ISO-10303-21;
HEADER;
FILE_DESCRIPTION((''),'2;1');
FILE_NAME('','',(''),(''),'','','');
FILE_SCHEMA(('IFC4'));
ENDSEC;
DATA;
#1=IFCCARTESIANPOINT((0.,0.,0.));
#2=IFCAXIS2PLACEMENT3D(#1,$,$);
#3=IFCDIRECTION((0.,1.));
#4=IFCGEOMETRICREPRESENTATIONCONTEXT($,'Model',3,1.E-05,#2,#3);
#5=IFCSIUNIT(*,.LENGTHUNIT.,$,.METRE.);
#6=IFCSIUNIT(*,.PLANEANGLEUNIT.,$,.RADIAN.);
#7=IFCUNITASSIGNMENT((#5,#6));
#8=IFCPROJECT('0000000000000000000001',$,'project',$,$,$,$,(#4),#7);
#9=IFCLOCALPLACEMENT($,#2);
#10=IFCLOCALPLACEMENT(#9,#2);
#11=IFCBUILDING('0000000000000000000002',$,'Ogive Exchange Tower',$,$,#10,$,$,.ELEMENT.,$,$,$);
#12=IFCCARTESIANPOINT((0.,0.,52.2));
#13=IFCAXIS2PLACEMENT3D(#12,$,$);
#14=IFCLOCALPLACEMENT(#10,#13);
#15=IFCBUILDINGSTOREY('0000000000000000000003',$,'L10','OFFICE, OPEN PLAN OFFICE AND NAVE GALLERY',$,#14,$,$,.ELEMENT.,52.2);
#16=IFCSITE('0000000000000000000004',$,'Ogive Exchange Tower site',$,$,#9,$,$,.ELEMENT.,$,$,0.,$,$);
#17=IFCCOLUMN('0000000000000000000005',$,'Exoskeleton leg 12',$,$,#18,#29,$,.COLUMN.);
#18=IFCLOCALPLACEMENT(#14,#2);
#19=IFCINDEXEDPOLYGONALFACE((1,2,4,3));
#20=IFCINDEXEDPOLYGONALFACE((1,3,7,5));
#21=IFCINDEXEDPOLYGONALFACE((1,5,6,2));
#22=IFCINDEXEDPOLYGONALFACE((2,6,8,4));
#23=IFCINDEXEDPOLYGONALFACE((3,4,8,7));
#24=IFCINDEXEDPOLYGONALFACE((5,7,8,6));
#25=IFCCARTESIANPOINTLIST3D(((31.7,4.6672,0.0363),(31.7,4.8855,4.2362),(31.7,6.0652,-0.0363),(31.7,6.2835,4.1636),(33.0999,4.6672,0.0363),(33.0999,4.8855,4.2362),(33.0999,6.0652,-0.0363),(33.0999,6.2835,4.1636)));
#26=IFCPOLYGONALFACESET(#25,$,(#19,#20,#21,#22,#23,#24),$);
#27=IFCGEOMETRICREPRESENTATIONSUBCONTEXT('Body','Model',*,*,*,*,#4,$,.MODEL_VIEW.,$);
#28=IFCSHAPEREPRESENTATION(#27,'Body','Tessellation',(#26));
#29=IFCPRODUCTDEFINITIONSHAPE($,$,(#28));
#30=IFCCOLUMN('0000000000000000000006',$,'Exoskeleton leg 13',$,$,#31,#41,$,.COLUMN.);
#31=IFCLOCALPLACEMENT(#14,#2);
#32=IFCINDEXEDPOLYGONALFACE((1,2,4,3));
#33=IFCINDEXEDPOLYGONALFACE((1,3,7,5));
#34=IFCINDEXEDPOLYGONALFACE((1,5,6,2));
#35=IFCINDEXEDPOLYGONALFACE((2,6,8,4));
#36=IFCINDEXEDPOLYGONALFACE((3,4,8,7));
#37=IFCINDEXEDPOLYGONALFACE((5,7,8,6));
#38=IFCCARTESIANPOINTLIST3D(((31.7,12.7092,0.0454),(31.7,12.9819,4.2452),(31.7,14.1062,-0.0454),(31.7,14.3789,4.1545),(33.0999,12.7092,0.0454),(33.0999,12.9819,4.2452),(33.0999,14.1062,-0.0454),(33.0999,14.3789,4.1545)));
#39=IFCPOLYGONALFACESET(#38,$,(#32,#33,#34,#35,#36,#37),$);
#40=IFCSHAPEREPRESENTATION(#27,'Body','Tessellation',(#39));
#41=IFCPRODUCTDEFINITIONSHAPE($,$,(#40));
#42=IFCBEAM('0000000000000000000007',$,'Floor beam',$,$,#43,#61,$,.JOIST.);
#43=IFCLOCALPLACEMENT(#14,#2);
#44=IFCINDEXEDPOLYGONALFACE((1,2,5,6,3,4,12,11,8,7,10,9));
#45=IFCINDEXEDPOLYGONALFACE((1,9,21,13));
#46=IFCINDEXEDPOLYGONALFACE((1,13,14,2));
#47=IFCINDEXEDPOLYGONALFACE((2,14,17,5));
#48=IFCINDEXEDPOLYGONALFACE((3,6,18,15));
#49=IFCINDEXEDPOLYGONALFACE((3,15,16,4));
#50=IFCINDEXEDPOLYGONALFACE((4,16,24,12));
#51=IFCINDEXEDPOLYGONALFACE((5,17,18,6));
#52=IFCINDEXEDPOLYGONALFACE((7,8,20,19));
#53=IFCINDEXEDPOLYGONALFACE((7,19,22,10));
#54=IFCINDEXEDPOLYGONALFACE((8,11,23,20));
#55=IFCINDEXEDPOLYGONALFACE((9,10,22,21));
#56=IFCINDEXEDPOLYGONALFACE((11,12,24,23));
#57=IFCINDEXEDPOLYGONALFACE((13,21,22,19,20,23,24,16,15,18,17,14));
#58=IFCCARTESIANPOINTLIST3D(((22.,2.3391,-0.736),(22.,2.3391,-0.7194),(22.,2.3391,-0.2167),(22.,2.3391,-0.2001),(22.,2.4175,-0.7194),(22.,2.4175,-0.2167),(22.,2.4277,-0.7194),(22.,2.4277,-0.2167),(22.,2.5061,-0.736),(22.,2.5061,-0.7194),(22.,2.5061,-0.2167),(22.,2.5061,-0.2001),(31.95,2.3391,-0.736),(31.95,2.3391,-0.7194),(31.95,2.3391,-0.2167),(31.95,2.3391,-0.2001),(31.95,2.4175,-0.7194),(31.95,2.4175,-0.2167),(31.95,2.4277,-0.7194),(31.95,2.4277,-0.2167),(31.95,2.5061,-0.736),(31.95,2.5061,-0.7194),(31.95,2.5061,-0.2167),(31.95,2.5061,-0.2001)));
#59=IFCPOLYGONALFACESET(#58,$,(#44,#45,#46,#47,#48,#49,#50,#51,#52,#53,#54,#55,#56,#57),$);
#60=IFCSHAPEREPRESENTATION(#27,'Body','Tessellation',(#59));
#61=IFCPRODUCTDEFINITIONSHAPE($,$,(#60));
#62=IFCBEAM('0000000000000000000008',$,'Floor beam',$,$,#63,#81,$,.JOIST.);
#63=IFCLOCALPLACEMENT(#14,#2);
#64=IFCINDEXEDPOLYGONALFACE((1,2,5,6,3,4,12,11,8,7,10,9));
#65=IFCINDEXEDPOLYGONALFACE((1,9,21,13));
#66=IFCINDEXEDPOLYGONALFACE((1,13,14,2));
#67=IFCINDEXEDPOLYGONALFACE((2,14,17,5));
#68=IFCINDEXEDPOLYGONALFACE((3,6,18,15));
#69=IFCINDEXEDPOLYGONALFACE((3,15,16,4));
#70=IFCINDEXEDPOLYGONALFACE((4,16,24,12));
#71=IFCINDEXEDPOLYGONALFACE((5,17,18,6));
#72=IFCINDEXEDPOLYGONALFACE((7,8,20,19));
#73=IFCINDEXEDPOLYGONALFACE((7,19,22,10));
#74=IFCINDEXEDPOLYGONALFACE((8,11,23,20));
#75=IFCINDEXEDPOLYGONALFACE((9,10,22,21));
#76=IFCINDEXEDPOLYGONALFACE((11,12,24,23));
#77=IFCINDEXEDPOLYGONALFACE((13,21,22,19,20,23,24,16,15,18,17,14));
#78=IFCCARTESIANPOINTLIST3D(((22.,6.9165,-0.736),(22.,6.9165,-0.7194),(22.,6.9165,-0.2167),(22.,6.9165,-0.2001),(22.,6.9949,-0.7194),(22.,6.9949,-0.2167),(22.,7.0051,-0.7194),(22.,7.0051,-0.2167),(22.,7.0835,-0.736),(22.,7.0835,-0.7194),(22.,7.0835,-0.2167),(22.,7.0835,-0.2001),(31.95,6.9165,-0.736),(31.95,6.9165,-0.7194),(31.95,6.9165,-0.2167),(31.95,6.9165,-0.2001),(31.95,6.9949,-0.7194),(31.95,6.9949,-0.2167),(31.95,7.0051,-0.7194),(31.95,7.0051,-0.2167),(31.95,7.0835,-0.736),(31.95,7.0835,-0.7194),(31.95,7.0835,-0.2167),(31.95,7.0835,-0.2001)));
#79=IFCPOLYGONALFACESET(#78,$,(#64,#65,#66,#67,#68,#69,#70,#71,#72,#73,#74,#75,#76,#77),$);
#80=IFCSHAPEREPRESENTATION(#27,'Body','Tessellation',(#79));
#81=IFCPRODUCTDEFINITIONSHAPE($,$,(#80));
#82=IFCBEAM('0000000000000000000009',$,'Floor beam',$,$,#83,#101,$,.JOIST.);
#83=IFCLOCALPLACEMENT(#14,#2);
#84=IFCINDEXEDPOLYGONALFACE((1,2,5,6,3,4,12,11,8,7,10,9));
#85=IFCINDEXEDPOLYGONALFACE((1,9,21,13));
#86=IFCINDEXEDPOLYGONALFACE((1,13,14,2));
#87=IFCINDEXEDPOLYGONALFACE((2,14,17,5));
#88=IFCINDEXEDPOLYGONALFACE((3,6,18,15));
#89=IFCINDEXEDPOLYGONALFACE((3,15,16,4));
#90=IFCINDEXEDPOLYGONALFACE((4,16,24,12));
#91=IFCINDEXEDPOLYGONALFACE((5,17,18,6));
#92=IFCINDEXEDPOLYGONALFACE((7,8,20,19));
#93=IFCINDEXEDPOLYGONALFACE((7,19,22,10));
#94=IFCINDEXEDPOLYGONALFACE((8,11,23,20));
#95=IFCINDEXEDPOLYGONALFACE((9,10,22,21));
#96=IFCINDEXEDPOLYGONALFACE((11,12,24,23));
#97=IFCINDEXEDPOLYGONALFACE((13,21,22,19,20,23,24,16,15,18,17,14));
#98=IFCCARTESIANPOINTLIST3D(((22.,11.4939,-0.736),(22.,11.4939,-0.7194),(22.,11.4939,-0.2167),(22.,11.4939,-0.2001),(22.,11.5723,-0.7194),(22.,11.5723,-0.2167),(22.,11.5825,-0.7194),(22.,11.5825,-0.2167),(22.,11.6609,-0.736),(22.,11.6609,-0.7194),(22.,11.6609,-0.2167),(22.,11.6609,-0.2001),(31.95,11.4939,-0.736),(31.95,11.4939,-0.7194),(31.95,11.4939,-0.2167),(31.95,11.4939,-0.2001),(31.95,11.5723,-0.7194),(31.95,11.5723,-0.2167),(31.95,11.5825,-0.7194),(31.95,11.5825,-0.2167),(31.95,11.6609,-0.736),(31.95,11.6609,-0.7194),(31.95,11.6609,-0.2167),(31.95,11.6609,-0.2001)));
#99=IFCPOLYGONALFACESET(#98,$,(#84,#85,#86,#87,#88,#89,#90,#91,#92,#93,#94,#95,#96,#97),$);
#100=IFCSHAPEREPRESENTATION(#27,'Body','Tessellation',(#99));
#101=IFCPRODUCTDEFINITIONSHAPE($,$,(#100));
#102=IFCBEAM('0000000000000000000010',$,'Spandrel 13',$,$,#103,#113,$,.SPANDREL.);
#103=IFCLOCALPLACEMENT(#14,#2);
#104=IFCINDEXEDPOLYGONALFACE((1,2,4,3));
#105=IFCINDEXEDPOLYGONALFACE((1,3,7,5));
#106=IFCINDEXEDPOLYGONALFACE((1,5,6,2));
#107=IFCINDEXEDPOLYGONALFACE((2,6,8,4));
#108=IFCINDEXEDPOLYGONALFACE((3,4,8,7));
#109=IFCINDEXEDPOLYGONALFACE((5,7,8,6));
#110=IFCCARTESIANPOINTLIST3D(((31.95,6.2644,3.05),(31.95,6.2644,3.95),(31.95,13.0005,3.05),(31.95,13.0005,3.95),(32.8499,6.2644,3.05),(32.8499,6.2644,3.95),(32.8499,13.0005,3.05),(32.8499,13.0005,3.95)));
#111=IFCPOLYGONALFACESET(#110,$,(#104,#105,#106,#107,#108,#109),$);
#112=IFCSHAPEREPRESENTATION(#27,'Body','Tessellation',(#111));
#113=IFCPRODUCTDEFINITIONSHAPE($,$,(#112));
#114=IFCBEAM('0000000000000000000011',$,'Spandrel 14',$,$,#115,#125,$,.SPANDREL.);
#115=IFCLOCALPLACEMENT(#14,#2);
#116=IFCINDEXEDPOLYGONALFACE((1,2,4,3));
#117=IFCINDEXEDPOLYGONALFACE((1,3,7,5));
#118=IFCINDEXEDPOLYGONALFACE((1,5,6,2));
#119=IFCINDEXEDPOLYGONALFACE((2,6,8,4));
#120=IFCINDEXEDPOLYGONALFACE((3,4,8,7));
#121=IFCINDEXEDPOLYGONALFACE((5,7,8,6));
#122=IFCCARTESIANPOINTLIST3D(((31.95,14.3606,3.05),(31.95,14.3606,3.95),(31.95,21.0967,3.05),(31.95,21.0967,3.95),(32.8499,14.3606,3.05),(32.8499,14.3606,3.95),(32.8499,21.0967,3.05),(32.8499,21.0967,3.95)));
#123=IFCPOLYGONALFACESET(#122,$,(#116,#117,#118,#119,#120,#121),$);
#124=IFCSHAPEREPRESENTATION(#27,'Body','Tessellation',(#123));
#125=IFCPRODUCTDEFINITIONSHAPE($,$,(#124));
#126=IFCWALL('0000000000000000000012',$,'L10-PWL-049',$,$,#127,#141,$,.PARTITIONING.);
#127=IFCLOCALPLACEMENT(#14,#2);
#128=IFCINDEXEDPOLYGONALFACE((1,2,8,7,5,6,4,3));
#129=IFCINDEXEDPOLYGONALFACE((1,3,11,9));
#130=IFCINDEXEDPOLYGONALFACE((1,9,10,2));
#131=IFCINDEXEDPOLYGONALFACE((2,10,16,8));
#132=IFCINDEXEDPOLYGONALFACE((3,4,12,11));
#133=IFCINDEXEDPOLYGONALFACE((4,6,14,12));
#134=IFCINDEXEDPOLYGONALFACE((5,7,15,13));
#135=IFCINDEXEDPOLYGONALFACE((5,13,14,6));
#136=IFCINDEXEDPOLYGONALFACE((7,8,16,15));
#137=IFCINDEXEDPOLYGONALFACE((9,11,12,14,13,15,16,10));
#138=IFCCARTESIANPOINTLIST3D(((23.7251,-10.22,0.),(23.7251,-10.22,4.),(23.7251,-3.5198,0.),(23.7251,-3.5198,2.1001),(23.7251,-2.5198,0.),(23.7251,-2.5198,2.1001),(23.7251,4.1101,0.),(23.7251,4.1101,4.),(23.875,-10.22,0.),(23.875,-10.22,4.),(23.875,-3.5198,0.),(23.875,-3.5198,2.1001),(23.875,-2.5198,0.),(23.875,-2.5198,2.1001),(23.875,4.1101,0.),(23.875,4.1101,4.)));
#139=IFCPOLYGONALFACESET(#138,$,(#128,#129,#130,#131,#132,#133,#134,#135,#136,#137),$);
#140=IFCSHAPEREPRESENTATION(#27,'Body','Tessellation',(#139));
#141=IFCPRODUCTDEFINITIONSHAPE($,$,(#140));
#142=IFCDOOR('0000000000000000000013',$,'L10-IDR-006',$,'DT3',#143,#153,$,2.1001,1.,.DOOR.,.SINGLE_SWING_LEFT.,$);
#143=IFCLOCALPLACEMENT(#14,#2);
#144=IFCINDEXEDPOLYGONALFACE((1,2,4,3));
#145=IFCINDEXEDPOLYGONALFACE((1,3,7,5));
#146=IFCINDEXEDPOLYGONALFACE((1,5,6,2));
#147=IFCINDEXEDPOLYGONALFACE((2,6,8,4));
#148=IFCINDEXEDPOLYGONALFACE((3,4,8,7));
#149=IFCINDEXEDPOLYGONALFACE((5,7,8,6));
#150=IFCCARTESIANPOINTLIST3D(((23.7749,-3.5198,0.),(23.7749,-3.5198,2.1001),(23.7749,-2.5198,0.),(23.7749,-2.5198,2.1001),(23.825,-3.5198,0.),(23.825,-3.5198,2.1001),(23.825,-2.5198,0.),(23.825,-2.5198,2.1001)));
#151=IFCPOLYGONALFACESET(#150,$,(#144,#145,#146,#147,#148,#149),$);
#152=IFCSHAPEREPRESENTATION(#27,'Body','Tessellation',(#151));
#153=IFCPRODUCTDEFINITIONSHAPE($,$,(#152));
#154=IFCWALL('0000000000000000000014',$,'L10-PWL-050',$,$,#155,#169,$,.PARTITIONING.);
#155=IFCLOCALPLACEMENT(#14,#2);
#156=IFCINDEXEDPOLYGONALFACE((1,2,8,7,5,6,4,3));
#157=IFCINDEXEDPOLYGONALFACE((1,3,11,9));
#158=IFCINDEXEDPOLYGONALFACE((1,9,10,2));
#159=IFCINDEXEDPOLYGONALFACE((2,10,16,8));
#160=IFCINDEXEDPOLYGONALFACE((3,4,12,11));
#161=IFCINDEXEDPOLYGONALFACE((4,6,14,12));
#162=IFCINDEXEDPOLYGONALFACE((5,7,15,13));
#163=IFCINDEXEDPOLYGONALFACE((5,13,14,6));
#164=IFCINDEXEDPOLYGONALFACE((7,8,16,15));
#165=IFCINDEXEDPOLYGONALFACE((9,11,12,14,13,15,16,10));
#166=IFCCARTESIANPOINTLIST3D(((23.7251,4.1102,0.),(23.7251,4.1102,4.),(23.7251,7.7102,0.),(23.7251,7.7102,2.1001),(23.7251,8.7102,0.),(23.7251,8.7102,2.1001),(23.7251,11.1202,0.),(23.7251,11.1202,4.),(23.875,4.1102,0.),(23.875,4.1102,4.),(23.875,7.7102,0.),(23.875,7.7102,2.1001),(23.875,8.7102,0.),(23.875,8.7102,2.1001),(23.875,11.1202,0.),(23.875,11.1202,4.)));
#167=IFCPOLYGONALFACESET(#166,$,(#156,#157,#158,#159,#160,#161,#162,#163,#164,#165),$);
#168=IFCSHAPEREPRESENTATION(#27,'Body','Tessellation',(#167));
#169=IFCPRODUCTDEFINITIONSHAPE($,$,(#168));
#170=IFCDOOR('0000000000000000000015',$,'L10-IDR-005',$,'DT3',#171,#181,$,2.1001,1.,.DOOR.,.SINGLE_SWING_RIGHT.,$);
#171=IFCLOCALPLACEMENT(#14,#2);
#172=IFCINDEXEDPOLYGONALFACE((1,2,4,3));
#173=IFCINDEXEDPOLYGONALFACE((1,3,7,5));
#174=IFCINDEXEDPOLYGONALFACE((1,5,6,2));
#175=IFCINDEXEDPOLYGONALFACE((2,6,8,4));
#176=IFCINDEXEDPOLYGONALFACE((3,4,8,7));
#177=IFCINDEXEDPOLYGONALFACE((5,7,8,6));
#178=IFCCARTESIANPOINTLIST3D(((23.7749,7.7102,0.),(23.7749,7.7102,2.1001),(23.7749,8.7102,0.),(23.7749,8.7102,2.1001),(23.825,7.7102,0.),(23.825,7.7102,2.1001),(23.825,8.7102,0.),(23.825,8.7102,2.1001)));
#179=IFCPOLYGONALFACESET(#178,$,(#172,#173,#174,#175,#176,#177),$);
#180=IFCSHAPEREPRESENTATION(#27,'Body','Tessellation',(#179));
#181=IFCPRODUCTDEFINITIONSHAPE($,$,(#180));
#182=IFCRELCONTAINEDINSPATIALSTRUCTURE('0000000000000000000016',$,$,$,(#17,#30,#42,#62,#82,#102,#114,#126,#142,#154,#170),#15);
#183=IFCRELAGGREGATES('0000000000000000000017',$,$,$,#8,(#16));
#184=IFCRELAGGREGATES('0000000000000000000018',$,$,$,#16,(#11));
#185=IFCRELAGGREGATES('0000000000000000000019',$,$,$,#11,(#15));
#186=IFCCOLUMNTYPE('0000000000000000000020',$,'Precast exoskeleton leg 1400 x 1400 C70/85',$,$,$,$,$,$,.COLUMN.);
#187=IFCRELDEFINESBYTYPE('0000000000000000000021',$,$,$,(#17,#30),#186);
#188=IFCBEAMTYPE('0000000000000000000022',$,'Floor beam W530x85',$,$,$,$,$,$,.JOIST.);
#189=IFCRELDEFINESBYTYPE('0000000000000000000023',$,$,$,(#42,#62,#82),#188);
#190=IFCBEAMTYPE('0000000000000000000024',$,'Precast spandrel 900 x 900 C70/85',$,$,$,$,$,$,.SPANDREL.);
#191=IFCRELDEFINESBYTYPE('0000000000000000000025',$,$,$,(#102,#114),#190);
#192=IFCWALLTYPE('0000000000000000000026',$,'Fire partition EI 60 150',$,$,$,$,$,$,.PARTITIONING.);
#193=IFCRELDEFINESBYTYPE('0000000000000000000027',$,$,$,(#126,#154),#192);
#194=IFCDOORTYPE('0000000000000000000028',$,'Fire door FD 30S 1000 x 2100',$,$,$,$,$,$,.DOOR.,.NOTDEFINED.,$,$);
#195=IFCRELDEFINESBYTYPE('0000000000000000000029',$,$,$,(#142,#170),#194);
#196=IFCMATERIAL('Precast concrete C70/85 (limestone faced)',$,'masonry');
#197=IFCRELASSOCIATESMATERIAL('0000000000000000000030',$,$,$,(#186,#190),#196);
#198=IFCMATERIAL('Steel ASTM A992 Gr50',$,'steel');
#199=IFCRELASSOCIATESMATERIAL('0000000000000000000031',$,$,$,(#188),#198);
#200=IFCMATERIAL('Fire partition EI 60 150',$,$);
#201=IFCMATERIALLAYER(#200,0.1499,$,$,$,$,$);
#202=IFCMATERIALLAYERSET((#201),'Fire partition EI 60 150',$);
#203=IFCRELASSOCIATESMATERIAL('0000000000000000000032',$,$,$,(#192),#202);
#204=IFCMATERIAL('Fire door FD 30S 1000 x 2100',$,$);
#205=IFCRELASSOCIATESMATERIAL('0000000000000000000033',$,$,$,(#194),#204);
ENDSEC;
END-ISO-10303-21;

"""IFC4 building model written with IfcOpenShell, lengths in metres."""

from ifc_helpers import new_model, si_unit, direction, frame, frame_2d, origin, origin_2d, place, context, subcontext, project, spatial, rectangle, i_section, extrude, material, layer, layer_set, material_profile, profile_set, type_object, element, fill, save


model = new_model("IFC4")

# Units and contexts
model_context = context("Model", 3, precision=1e-05, world=origin(), true_north=direction((0.0, 1.0)))
body_context = subcontext(model_context, "Body", "Model", "MODEL_VIEW")
ifc_project = project(units=[si_unit("LENGTHUNIT", "METRE"), si_unit("PLANEANGLEUNIT", "RADIAN")], contexts=[model_context])

# Site, building, storey
site_placement = place(None, origin())
site = spatial("IfcSite", under=ifc_project, at=site_placement, Name="Ogive Exchange Tower site", CompositionType="ELEMENT", RefElevation=0.0)
building_placement = place(site_placement, origin())
building = spatial("IfcBuilding", under=site, at=building_placement, Name="Ogive Exchange Tower", CompositionType="ELEMENT")
storey_placement = place(building_placement, frame((0.0, 0.0, 52.2)))
storey = spatial("IfcBuildingStorey", under=building, at=storey_placement, Name="L10", Description="OFFICE, OPEN PLAN OFFICE AND NAVE GALLERY", CompositionType="ELEMENT", Elevation=52.2)

# Columns
ifc_material_1 = material(Name="Precast concrete C70/85 (limestone faced)", Category="masonry")
ifc_material_profile_1 = material_profile(ifc_material_1, rectangle(XDim=1.3999, YDim=1.3999, at=origin_2d()), Name="1400 x 1400")
ifc_profile_set_1 = profile_set([ifc_material_profile_1], Name="Precast concrete C70/85 (limestone faced)")
column_type = type_object("IfcColumnType", Name="Precast exoskeleton leg 1400 x 1400 C70/85", PredefinedType="COLUMN", material=ifc_profile_set_1)
column_1_placement = place(storey_placement, frame((32.3999, 5.3662, 0.0), z_axis=(0.0, 0.051898, 0.998652), x_axis=(-1.0, 0.0, 0.0)))
element("IfcColumn", 1, at=column_1_placement, inside=storey, type_object=column_type, Name="Exoskeleton leg 12", PredefinedType="COLUMN", context=body_context, shape_type="SweptSolid", body=[
    extrude(rectangle(XDim=1.3999, YDim=1.3999, at=origin_2d()), origin(), (0.0, 0.0, 1.0), 4.2056),
])
column_2_placement = place(storey_placement, frame((32.3999, 13.4077, 0.0), z_axis=(0.0, 0.064794, 0.997899), x_axis=(-1.0, 0.0, 0.0)))
element("IfcColumn", 2, at=column_2_placement, inside=storey, type_object=column_type, Name="Exoskeleton leg 13", PredefinedType="COLUMN", context=body_context, shape_type="SweptSolid", body=[
    extrude(rectangle(XDim=1.3999, YDim=1.3999, at=origin_2d()), origin(), (0.0, 0.0, 1.0), 4.2087),
])

# Beams
ifc_material_2 = material(Name="Steel ASTM A992 Gr50", Category="steel")
ifc_material_profile_2 = material_profile(ifc_material_2, i_section(OverallWidth=0.167, OverallDepth=0.5359, WebThickness=0.0103, FlangeThickness=0.0166, at=origin_2d()), Name="W530x85")
ifc_profile_set_2 = profile_set([ifc_material_profile_2], Name="Steel ASTM A992 Gr50")
beam_type_1 = type_object("IfcBeamType", Name="Floor beam W530x85", PredefinedType="JOIST", material=ifc_profile_set_2)
for number, where, z_axis, x_axis, name in (
    (3, (22.0, 2.4226, -0.468), (1.0, 0.0, 0.0), (0.0, 1.0, 0.0), "Floor beam"),
    (4, (22.0, 7.0, -0.468), (1.0, 0.0, 0.0), (0.0, 1.0, 0.0), "Floor beam"),
    (5, (22.0, 11.5774, -0.468), (1.0, 0.0, 0.0), (0.0, 1.0, 0.0), "Floor beam"),
):
    element("IfcBeam", number, at=place(storey_placement, frame(where, z_axis=z_axis, x_axis=x_axis)), inside=storey, type_object=beam_type_1, Name=name, PredefinedType="JOIST", context=body_context, shape_type="SweptSolid", body=[
        extrude(i_section(OverallWidth=0.167, OverallDepth=0.5359, WebThickness=0.0103, FlangeThickness=0.0166, at=origin_2d()), origin(), (0.0, 0.0, 1.0), 9.95),
    ])
ifc_material_profile_3 = material_profile(ifc_material_1, rectangle(XDim=0.8999, YDim=0.8999, at=origin_2d()), Name="900 x 900")
ifc_profile_set_3 = profile_set([ifc_material_profile_3], Name="Precast concrete C70/85 (limestone faced)")
beam_type_2 = type_object("IfcBeamType", Name="Precast spandrel 900 x 900 C70/85", PredefinedType="SPANDREL", material=ifc_profile_set_3)
for number, where, z_axis, x_axis, name in (
    (6, (32.3999, 6.2644, 3.5), (0.0, 1.0, 0.0), (-1.0, 0.0, 0.0), "Spandrel 13"),
    (7, (32.3999, 14.3606, 3.5), (0.0, 1.0, 0.0), (-1.0, 0.0, 0.0), "Spandrel 14"),
):
    element("IfcBeam", number, at=place(storey_placement, frame(where, z_axis=z_axis, x_axis=x_axis)), inside=storey, type_object=beam_type_2, Name=name, PredefinedType="SPANDREL", context=body_context, shape_type="SweptSolid", body=[
        extrude(rectangle(XDim=0.8999, YDim=0.8999, at=origin_2d()), origin(), (0.0, 0.0, 1.0), 6.7361),
    ])

# Walls, openings, doors
ifc_material_3 = material(Name="Fire partition EI 60 150")
ifc_layer_1 = layer(ifc_material_3, 0.1499)
ifc_layer_set_1 = layer_set([ifc_layer_1], Name="Fire partition EI 60 150")
wall_type_1 = type_object("IfcWallType", Name="Fire partition EI 60 150", PredefinedType="PARTITIONING", material=ifc_layer_set_1)
wall_1_placement = place(storey_placement, frame((23.8, 4.1101, 0.0), z_axis=(0.0, 0.0, 1.0), x_axis=(0.0, -1.0, 0.0)))
wall_1 = element("IfcWall", 8, at=wall_1_placement, inside=storey, type_object=wall_type_1, Name="L10-PWL-049", PredefinedType="PARTITIONING", context=body_context, shape_type="SweptSolid", body=[
    extrude(rectangle(XDim=14.3301, YDim=0.1499, at=frame_2d((7.165, 0.0))), origin(), (0.0, 0.0, 1.0), 4.0),
])
opening_1_placement = place(wall_1_placement, frame((6.6299, 0.0, 0.0)))
opening_1 = element("IfcOpeningElement", 9, at=opening_1_placement, cuts=wall_1, PredefinedType="OPENING", context=body_context, shape_type="SweptSolid", body=[
    extrude(rectangle(XDim=1.0, YDim=2.1001, at=frame_2d((0.5, 1.05))), frame((0.0, 0.085, 0.0), z_axis=(0.0, -1.0, 0.0), x_axis=(1.0, 0.0, 0.0)), (0.0, 0.0, 1.0), 0.1699),
])
ifc_material_4 = material(Name="Fire door FD 30S 1000 x 2100")
door_type_1 = type_object("IfcDoorType", Name="Fire door FD 30S 1000 x 2100", OperationType="NOTDEFINED", PredefinedType="DOOR", material=ifc_material_4)
door_1_placement = place(opening_1_placement, origin())
door_1 = element("IfcDoor", 10, at=door_1_placement, inside=storey, type_object=door_type_1, Name="L10-IDR-006", ObjectType="DT3", OperationType="SINGLE_SWING_LEFT", OverallHeight=2.1001, OverallWidth=1.0, PredefinedType="DOOR", context=body_context, shape_type="SweptSolid", body=[
    extrude(rectangle(XDim=1.0, YDim=2.1001, at=frame_2d((0.5, 1.05))), frame((0.0, 0.0249, 0.0), z_axis=(0.0, -1.0, 0.0), x_axis=(1.0, 0.0, 0.0)), (0.0, 0.0, 1.0), 0.05),
])
fill(opening_1, door_1)
wall_2_placement = place(storey_placement, frame((23.8, 11.1201, 0.0), z_axis=(0.0, 0.0, 1.0), x_axis=(0.0, -1.0, 0.0)))
wall_2 = element("IfcWall", 11, at=wall_2_placement, inside=storey, type_object=wall_type_1, Name="L10-PWL-050", PredefinedType="PARTITIONING", context=body_context, shape_type="SweptSolid", body=[
    extrude(rectangle(XDim=7.01, YDim=0.1499, at=frame_2d((3.5049, 0.0))), origin(), (0.0, 0.0, 1.0), 4.0),
])
opening_2_placement = place(wall_2_placement, frame((2.4099, 0.0, 0.0)))
opening_2 = element("IfcOpeningElement", 12, at=opening_2_placement, cuts=wall_2, PredefinedType="OPENING", context=body_context, shape_type="SweptSolid", body=[
    extrude(rectangle(XDim=1.0, YDim=2.1001, at=frame_2d((0.5, 1.05))), frame((0.0, 0.085, 0.0), z_axis=(0.0, -1.0, 0.0), x_axis=(1.0, 0.0, 0.0)), (0.0, 0.0, 1.0), 0.1699),
])
door_2_placement = place(opening_2_placement, origin())
door_2 = element("IfcDoor", 13, at=door_2_placement, inside=storey, type_object=door_type_1, Name="L10-IDR-005", ObjectType="DT3", OperationType="SINGLE_SWING_RIGHT", OverallHeight=2.1001, OverallWidth=1.0, PredefinedType="DOOR", context=body_context, shape_type="SweptSolid", body=[
    extrude(rectangle(XDim=1.0, YDim=2.1001, at=frame_2d((0.5, 1.05))), frame((0.0, 0.0249, 0.0), z_axis=(0.0, -1.0, 0.0), x_axis=(1.0, 0.0, 0.0)), (0.0, 0.0, 1.0), 0.05),
])
fill(opening_2, door_2)

save(model, "model.ifc")
